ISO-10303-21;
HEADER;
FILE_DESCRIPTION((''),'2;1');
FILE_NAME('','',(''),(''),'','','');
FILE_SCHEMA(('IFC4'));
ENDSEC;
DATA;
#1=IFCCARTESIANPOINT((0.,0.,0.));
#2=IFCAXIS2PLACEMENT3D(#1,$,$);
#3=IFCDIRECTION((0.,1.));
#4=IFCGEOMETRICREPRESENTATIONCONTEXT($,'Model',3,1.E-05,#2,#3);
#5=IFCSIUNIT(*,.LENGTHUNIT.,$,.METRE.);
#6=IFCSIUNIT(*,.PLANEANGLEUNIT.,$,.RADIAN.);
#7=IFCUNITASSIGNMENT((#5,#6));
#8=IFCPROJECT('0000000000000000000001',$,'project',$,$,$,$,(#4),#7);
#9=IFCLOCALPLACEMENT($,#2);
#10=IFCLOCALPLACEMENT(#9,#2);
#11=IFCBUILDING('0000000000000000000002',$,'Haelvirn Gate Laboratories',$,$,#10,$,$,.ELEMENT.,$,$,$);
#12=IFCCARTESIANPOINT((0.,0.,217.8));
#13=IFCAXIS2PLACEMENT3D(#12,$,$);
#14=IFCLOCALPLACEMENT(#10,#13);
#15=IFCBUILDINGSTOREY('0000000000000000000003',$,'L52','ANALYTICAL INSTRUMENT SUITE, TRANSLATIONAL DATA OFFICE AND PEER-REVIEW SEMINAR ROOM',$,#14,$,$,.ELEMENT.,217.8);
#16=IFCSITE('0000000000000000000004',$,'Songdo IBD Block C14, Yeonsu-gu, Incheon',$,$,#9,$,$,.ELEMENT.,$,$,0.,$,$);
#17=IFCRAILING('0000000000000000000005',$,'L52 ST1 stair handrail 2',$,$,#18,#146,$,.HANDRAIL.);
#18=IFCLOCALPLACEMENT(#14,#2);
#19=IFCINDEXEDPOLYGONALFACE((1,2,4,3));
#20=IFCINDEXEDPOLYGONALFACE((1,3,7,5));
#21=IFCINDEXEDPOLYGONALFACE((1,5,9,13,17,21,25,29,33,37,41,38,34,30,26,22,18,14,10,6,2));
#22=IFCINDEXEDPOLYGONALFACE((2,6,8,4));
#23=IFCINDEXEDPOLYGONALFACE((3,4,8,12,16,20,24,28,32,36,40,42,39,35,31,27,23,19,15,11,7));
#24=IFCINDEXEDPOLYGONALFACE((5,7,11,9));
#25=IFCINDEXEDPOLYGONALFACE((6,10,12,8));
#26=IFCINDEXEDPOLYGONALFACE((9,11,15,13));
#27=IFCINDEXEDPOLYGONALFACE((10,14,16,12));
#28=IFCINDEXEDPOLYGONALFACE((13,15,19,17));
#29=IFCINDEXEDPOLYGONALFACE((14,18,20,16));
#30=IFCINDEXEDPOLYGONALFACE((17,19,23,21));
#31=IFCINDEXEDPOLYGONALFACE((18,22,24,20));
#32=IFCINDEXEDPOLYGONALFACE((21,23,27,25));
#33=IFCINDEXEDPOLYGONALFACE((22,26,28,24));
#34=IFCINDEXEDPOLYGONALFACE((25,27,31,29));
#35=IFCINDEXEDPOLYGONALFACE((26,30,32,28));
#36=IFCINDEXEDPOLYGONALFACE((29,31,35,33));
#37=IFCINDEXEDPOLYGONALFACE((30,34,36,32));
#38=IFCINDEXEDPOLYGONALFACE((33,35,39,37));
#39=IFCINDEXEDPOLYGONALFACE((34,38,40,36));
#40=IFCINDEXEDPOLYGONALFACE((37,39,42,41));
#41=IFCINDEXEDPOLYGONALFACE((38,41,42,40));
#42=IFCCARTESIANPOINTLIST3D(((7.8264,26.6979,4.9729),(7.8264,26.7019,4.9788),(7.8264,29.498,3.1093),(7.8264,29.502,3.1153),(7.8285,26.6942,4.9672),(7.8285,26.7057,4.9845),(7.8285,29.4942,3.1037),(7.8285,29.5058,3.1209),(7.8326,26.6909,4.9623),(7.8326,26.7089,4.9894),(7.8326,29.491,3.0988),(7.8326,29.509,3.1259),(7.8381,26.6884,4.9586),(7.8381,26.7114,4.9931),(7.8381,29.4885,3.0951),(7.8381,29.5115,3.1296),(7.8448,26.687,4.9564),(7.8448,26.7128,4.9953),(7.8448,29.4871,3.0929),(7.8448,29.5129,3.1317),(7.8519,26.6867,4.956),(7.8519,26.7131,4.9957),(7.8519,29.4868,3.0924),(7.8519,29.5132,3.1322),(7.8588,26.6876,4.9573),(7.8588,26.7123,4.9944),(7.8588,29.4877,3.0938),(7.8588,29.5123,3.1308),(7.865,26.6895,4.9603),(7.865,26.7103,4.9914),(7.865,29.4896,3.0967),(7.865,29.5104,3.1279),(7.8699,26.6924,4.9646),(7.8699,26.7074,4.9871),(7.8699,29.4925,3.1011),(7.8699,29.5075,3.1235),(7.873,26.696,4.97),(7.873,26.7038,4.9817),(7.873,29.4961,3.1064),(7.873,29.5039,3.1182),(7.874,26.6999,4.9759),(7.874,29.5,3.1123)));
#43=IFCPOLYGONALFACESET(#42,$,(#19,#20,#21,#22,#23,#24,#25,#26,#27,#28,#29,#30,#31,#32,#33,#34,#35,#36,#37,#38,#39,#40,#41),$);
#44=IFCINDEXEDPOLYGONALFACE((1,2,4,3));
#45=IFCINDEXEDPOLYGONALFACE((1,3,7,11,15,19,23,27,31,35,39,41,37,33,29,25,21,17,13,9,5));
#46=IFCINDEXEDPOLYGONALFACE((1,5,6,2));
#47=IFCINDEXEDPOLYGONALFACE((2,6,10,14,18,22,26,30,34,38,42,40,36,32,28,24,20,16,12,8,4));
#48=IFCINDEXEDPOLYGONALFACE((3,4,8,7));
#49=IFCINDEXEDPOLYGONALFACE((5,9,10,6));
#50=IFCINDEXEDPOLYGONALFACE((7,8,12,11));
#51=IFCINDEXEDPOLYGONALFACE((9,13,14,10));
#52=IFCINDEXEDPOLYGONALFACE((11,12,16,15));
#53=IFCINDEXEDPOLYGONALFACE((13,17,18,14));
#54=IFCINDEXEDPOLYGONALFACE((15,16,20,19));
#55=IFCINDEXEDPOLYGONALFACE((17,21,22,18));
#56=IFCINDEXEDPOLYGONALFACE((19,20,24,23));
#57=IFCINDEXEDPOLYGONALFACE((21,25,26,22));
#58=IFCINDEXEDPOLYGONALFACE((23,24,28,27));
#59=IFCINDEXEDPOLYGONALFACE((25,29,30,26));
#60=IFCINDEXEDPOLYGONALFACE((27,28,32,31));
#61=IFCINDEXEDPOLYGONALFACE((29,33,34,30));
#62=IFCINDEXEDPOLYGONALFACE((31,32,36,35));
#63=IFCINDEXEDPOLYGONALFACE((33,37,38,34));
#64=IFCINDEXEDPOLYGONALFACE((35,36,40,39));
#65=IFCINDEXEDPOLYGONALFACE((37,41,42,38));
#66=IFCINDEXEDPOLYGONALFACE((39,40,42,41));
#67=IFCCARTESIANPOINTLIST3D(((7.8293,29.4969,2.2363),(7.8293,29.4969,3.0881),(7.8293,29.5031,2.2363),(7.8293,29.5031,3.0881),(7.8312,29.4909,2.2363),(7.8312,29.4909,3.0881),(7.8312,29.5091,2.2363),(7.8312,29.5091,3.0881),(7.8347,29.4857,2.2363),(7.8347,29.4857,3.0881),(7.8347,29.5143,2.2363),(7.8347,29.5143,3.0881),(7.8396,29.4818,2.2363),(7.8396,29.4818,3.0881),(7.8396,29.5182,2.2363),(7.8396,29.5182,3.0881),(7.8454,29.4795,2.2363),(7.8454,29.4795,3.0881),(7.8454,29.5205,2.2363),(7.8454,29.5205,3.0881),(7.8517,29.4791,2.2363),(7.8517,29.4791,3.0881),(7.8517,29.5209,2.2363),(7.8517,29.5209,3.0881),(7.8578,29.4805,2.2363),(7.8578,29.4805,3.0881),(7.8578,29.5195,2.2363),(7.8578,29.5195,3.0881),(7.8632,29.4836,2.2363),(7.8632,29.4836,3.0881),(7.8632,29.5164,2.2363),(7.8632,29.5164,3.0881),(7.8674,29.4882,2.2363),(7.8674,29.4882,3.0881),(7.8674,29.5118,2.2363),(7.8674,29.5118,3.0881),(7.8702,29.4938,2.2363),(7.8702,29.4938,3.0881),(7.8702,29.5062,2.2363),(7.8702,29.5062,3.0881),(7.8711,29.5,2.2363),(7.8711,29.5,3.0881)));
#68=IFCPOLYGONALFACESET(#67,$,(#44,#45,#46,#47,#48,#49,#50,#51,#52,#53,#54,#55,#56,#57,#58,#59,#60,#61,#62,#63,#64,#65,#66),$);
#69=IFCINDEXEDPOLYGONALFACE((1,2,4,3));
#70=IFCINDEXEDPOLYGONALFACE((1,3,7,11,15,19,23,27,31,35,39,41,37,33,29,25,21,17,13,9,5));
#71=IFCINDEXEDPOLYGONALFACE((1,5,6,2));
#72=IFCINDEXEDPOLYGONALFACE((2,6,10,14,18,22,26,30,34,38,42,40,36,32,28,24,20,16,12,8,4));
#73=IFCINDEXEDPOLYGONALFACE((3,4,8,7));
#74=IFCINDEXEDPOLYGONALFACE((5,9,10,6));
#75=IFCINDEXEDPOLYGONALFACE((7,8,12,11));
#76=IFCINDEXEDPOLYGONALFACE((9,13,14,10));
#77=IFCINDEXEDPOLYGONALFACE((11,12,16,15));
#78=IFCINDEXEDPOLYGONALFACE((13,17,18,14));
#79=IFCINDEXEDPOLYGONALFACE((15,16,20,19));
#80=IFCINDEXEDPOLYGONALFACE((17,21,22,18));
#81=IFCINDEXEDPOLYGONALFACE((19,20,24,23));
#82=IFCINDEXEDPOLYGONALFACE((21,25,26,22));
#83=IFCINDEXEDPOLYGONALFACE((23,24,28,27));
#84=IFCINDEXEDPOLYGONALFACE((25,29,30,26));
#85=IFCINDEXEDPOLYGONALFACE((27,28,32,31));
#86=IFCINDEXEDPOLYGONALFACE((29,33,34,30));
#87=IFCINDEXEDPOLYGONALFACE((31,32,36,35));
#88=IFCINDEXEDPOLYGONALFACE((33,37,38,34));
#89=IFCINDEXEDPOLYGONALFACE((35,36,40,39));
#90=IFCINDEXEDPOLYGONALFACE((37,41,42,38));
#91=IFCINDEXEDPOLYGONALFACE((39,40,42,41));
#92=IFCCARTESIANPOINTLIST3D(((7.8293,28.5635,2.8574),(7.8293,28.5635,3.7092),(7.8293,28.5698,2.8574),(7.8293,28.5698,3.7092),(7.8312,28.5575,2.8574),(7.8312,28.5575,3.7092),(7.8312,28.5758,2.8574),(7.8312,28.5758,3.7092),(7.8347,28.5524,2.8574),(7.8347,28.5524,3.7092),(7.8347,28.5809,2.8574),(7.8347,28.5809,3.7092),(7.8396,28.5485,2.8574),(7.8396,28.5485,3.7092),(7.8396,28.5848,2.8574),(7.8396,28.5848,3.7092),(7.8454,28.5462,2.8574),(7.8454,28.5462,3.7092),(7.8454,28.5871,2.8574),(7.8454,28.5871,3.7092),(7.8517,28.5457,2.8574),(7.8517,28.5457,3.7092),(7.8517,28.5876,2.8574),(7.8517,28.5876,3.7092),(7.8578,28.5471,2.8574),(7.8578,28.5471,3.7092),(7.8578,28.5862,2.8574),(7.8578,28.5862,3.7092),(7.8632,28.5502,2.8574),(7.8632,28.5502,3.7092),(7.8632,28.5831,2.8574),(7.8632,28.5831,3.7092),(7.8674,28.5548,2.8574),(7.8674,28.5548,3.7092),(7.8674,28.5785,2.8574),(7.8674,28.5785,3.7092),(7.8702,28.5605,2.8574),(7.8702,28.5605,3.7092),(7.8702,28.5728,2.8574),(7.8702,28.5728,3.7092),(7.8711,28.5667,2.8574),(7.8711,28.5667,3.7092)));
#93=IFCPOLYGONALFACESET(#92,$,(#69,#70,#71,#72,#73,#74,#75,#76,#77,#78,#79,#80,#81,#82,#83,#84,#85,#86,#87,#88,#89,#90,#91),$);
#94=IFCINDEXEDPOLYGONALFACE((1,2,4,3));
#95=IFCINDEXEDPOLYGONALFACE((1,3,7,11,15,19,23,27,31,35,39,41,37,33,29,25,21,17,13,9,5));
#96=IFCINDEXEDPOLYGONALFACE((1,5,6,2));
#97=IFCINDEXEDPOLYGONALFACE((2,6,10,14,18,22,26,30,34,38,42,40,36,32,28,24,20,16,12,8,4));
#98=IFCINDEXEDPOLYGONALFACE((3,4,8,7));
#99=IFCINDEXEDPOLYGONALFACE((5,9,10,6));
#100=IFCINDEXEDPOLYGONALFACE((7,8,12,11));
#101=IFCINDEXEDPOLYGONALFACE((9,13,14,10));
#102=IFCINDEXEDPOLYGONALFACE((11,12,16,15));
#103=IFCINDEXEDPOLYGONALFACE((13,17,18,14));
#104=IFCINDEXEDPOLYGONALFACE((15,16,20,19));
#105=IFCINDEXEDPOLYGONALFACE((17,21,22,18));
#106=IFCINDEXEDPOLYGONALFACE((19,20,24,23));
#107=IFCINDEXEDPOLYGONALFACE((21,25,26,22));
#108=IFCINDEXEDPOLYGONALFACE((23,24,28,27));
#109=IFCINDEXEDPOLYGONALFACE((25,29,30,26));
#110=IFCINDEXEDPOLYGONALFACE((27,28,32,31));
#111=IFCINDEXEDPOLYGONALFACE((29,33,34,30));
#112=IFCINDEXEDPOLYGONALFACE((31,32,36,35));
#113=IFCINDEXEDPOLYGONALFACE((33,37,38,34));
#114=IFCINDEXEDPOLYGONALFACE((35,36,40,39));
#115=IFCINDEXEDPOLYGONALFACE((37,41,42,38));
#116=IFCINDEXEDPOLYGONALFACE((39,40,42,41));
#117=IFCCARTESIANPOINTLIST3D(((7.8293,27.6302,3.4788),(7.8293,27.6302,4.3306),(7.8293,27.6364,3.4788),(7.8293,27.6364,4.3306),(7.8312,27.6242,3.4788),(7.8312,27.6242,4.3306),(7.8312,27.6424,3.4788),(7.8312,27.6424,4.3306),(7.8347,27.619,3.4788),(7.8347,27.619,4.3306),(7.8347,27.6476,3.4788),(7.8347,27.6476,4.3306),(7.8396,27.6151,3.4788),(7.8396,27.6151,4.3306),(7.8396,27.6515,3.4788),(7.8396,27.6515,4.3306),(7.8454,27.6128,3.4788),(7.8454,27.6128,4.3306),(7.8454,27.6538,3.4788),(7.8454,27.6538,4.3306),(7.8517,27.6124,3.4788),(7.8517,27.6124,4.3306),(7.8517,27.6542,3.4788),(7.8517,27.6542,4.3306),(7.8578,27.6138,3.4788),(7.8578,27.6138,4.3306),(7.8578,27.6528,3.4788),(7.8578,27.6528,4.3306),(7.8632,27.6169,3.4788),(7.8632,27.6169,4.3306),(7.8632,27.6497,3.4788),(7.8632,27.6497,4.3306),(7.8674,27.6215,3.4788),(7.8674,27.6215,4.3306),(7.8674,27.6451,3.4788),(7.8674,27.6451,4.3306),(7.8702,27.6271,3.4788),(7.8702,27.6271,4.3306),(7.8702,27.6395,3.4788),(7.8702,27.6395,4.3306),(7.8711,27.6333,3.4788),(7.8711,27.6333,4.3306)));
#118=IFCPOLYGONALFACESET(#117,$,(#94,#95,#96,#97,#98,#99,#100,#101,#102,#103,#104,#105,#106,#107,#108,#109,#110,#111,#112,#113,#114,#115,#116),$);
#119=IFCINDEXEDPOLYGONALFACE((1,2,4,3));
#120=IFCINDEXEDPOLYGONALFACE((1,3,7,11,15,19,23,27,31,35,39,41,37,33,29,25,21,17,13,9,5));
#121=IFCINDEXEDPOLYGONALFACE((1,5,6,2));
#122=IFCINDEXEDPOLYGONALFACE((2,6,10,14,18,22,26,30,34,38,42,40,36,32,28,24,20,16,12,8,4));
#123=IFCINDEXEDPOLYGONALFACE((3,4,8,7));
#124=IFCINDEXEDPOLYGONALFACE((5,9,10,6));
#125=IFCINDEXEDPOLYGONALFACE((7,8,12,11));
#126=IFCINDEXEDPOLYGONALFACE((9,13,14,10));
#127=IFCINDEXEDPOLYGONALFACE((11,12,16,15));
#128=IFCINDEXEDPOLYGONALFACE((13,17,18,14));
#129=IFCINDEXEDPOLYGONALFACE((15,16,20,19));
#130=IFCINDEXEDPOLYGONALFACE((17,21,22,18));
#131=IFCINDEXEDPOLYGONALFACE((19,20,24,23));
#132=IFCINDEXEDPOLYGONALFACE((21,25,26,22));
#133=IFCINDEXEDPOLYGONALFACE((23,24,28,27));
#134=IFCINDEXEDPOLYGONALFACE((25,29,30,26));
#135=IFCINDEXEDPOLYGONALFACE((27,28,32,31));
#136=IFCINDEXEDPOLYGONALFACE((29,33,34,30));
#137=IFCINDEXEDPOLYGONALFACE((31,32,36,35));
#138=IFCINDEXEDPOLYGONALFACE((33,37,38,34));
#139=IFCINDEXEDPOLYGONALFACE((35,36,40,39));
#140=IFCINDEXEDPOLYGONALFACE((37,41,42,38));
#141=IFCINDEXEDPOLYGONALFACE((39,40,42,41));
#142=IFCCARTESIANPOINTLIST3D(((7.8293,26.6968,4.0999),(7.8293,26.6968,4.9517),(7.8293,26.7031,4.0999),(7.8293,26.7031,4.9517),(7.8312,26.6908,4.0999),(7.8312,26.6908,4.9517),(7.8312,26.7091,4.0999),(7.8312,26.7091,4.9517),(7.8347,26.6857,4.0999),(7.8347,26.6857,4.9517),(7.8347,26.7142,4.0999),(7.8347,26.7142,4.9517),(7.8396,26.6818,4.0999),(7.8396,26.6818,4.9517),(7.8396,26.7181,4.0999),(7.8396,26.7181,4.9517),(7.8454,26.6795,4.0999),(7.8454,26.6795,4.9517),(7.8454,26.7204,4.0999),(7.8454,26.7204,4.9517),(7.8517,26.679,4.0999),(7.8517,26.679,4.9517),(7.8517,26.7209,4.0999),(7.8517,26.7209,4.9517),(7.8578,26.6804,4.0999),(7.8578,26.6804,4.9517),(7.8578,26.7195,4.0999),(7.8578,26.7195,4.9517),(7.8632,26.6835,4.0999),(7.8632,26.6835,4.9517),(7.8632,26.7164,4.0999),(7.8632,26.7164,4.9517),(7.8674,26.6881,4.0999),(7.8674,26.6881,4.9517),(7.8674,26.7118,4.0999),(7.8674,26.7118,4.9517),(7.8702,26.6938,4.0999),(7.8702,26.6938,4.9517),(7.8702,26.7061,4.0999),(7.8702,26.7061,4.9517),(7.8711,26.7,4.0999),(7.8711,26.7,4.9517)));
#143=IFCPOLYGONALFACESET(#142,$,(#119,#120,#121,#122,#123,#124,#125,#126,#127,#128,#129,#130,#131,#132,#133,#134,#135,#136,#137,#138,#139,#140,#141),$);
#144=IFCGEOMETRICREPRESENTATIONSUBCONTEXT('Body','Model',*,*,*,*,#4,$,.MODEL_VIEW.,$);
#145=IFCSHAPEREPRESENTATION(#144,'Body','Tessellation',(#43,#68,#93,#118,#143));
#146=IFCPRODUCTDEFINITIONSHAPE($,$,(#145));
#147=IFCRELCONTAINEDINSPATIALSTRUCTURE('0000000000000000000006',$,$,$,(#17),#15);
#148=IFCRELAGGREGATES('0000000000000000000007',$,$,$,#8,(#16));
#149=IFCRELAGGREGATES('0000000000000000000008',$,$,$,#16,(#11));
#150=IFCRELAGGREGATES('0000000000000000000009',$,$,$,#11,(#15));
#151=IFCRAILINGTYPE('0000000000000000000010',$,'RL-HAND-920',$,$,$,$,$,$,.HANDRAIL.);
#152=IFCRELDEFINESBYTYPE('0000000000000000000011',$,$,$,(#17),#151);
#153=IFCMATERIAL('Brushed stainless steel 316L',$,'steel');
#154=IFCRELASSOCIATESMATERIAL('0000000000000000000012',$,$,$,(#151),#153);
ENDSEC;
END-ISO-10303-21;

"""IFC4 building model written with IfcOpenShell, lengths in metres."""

from ifc_helpers import new_model, si_unit, direction, frame, origin, origin_2d, place, context, subcontext, project, spatial, circle, extrude, source, transform, mapped, material, type_object, element, save


model = new_model("IFC4")

# Units and contexts
model_context = context("Model", 3, precision=1e-05, world=origin(), true_north=direction((0.0, 1.0)))
body_context = subcontext(model_context, "Body", "Model", "MODEL_VIEW")
ifc_project = project(units=[si_unit("LENGTHUNIT", "METRE"), si_unit("PLANEANGLEUNIT", "RADIAN")], contexts=[model_context])

# Site, building, storey
site_placement = place(None, origin())
site = spatial("IfcSite", under=ifc_project, at=site_placement, Name="Songdo IBD Block C14, Yeonsu-gu, Incheon", CompositionType="ELEMENT", RefElevation=0.0)
building_placement = place(site_placement, origin())
building = spatial("IfcBuilding", under=site, at=building_placement, Name="Haelvirn Gate Laboratories", CompositionType="ELEMENT")
storey_placement = place(building_placement, frame((0.0, 0.0, 217.8)))
storey = spatial("IfcBuildingStorey", under=building, at=storey_placement, Name="L52", Description="ANALYTICAL INSTRUMENT SUITE, TRANSLATIONAL DATA OFFICE AND PEER-REVIEW SEMINAR ROOM", CompositionType="ELEMENT", Elevation=217.8)

# Railing
ifc_material_1 = material(Name="Brushed stainless steel 316L", Category="steel")
railing_type_1 = type_object("IfcRailingType", Name="RL-HAND-920", PredefinedType="HANDRAIL", material=ifc_material_1)
shared_shape_1 = source(origin(), body_context, "Body", "SweptSolid", [
    extrude(circle(Radius=0.0239, at=origin_2d()), frame((0.0, 0.0, 0.876), z_axis=(0.0, -0.832486, 0.554047), x_axis=(1.0, 0.0, 0.0)), (0.0, 0.0, 1.0), 3.3635),
    extrude(circle(Radius=0.021, at=origin_2d()), origin(), (0.0, 0.0, 1.0), 0.8518),
    extrude(circle(Radius=0.021, at=origin_2d()), frame((0.0, -0.9333, 0.6211)), (0.0, 0.0, 1.0), 0.8518),
    extrude(circle(Radius=0.021, at=origin_2d()), frame((0.0, -1.8667, 1.2424)), (0.0, 0.0, 1.0), 0.8518),
    extrude(circle(Radius=0.021, at=origin_2d()), frame((0.0, -2.8, 1.8635)), (0.0, 0.0, 1.0), 0.8518),
])
railing_1_placement = place(storey_placement, frame((7.8501, 29.5, 2.2363)))
element("IfcRailing", 1, at=railing_1_placement, inside=storey, type_object=railing_type_1, Name="L52 ST1 stair handrail 2", PredefinedType="HANDRAIL", context=body_context, shape_type="MappedRepresentation", body=[
    mapped(shared_shape_1, transform((0.0, 0.0, 0.0), scale=1.0)),
])

save(model, "model.ifc")
